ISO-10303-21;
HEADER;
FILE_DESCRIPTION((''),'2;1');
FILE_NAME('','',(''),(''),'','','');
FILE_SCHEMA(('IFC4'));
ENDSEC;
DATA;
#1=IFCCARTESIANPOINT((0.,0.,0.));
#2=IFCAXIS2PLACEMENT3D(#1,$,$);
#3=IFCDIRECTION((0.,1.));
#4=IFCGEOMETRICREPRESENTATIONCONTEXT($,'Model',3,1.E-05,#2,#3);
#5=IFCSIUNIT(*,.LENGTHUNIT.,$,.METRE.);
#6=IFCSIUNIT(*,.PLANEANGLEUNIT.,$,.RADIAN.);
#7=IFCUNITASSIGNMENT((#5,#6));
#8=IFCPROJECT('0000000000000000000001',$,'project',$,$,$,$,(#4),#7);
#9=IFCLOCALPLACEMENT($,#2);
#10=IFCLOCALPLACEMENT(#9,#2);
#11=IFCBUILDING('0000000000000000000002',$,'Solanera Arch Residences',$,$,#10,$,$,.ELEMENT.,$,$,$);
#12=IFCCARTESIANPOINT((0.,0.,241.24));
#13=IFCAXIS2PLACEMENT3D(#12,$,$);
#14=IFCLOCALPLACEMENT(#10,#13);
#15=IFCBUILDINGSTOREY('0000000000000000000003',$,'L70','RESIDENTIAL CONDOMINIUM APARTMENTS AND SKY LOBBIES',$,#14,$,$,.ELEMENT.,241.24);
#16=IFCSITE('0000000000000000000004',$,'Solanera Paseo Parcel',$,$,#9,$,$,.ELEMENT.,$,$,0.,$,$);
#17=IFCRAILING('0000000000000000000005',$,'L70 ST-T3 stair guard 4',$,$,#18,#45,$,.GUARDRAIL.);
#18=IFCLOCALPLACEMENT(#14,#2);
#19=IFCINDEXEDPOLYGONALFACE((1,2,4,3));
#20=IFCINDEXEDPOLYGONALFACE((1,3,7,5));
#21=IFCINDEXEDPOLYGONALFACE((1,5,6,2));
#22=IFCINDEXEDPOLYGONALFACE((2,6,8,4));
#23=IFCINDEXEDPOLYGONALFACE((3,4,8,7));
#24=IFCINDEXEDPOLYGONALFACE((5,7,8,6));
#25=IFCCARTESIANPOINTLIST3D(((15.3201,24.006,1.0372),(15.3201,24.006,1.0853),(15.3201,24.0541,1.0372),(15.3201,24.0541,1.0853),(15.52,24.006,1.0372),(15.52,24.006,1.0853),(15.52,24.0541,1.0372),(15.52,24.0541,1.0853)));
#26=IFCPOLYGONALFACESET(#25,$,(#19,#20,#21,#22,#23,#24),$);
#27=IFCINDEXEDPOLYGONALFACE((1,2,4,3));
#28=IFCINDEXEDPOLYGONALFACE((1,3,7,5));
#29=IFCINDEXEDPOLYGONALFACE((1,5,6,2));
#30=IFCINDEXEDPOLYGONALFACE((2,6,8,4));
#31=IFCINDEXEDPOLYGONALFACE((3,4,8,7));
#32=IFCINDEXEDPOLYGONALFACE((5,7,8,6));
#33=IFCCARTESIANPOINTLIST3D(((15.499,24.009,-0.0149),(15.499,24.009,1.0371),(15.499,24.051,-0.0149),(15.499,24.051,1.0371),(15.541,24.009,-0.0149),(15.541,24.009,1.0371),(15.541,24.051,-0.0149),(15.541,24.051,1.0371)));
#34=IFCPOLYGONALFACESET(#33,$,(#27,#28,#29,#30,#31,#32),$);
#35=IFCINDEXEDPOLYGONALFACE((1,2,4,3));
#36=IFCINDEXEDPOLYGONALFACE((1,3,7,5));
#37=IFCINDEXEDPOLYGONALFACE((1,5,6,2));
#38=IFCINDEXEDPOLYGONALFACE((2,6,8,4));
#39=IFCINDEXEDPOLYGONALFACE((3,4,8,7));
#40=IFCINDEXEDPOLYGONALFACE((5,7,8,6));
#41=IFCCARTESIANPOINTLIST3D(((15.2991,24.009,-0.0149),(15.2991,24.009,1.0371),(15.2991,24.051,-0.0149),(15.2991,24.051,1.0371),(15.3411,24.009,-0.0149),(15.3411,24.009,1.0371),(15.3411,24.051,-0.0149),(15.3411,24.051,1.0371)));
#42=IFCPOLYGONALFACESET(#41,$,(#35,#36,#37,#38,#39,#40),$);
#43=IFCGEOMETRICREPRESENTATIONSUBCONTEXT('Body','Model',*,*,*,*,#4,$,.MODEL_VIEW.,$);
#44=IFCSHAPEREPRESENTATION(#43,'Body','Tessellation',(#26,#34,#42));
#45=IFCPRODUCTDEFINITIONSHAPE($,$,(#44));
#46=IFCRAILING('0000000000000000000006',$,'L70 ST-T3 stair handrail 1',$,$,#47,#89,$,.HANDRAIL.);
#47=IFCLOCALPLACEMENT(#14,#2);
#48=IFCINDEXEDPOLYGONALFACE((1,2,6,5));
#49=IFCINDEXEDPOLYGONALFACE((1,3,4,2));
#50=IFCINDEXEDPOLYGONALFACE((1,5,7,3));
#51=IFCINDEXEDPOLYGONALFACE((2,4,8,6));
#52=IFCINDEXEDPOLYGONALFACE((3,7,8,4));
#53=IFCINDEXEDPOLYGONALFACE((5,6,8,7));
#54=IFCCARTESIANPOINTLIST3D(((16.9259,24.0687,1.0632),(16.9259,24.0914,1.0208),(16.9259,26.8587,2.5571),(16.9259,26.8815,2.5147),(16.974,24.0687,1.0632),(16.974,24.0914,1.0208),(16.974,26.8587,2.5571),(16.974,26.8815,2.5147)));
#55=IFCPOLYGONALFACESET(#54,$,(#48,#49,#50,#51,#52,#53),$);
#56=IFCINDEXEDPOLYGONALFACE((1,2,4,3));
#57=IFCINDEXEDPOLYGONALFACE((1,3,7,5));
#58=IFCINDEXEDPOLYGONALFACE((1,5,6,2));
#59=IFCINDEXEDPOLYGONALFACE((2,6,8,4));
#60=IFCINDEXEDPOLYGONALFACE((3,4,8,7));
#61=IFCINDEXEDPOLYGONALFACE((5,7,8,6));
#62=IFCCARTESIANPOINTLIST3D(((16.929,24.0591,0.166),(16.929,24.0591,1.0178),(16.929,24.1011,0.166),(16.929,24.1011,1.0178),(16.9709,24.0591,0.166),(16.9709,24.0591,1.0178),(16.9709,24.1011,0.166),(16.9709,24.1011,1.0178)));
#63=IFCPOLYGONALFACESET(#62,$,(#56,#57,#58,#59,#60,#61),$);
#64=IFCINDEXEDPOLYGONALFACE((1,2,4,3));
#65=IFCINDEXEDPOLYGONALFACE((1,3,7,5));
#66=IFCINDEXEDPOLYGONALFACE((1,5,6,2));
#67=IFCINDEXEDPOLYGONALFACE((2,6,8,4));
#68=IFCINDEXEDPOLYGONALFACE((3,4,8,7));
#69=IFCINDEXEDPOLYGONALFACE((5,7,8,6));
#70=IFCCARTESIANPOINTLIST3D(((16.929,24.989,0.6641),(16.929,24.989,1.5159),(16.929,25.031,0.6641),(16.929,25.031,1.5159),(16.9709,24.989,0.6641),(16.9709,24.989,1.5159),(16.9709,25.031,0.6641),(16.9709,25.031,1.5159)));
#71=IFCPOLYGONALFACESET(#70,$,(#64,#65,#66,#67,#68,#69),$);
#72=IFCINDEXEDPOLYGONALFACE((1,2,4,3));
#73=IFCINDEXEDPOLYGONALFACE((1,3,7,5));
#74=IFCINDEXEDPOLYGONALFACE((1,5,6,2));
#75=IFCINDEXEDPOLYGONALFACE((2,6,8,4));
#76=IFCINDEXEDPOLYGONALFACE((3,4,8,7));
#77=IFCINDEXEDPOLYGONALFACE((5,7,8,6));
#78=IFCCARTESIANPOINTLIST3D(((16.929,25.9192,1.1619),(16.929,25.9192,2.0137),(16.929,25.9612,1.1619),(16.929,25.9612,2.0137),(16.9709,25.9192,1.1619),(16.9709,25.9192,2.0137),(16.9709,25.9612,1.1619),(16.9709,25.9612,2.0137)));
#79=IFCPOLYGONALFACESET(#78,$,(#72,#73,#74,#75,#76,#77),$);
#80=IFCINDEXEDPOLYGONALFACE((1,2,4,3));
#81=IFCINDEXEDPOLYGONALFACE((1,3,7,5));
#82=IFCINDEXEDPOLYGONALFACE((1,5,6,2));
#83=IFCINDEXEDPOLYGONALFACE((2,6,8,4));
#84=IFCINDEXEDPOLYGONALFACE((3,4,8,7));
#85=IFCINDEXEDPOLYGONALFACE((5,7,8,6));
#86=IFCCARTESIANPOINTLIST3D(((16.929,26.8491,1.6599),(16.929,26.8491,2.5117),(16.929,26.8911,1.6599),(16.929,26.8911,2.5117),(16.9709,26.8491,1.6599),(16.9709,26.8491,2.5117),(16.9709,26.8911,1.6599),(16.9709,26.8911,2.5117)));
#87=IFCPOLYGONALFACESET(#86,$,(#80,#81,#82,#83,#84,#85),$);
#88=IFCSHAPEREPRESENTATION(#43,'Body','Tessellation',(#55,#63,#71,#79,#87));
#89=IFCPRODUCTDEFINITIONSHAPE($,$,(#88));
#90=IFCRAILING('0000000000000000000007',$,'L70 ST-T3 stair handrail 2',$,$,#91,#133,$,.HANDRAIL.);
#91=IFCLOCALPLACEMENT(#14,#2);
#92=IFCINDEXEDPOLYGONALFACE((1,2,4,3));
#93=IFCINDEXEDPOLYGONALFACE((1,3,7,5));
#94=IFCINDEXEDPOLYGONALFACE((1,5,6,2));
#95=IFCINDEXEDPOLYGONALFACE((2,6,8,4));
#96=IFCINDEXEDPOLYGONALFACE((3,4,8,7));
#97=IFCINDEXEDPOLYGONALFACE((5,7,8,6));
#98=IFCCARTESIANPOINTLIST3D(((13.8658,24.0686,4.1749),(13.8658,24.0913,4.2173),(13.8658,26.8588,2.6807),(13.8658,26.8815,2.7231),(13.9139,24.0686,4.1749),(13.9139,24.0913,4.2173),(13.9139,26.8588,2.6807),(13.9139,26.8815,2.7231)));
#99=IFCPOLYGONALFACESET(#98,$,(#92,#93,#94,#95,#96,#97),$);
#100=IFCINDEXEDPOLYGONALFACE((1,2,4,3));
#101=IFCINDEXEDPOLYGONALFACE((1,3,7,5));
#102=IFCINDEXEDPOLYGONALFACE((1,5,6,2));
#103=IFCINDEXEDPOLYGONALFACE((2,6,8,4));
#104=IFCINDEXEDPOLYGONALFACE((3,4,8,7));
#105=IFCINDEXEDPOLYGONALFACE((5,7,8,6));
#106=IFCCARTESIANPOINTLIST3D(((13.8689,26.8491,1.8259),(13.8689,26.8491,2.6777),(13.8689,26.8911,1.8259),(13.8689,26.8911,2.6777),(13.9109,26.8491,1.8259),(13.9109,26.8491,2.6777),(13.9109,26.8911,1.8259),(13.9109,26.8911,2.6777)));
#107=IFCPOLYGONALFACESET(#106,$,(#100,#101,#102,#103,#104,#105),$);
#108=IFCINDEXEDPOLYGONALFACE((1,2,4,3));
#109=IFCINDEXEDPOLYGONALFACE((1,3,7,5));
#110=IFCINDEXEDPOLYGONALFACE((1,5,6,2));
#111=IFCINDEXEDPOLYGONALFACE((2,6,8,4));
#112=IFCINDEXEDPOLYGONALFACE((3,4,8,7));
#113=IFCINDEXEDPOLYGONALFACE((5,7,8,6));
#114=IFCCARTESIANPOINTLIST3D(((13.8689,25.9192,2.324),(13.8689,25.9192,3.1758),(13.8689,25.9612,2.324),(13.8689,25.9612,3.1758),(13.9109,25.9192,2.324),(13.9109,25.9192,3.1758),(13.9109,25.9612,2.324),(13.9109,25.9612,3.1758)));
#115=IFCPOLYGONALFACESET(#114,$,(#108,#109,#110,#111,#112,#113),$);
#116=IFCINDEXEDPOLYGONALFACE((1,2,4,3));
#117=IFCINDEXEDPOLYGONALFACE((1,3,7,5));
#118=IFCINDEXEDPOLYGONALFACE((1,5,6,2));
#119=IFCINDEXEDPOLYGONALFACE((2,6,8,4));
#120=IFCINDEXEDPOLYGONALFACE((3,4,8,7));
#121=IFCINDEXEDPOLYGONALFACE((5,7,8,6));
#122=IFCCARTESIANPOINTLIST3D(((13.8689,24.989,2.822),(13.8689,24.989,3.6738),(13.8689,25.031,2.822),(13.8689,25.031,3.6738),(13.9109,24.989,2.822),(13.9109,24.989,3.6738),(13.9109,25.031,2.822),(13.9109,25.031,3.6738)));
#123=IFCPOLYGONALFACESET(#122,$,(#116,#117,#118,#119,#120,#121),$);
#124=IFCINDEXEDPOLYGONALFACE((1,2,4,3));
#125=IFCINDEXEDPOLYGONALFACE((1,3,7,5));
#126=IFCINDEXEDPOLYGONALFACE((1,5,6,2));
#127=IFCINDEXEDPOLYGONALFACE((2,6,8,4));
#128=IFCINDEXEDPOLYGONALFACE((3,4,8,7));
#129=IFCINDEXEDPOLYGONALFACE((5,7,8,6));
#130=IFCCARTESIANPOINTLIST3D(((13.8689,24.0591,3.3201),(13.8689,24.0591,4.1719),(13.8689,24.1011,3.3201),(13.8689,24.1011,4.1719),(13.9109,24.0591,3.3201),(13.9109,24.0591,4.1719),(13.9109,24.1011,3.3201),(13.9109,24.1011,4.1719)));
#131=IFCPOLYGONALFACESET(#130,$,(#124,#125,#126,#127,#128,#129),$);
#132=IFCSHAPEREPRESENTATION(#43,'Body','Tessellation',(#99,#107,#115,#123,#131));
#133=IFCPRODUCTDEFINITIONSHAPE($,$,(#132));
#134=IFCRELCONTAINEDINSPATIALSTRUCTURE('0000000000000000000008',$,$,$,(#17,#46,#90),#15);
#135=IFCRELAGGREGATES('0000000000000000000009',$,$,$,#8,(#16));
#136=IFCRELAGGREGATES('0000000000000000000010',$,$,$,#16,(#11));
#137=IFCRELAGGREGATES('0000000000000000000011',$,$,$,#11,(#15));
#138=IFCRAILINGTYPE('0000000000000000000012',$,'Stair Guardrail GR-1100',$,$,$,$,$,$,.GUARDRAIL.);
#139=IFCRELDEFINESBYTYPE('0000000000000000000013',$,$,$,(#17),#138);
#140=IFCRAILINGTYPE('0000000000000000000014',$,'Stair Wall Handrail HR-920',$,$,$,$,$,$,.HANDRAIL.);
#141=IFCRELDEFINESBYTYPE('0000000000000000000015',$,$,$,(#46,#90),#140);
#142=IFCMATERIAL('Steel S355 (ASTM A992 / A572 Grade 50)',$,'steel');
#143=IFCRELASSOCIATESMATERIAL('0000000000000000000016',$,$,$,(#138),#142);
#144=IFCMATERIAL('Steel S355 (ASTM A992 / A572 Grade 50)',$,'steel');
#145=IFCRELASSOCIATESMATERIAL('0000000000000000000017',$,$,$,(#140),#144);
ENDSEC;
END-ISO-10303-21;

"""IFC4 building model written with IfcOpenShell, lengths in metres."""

from ifc_helpers import new_model, si_unit, direction, frame, origin, origin_2d, place, context, subcontext, project, spatial, rectangle, extrude, material, type_object, element, save


model = new_model("IFC4")

# Units and contexts
model_context = context("Model", 3, precision=1e-05, world=origin(), true_north=direction((0.0, 1.0)))
body_context = subcontext(model_context, "Body", "Model", "MODEL_VIEW")
ifc_project = project(units=[si_unit("LENGTHUNIT", "METRE"), si_unit("PLANEANGLEUNIT", "RADIAN")], contexts=[model_context])

# Site, building, storey
site_placement = place(None, origin())
site = spatial("IfcSite", under=ifc_project, at=site_placement, Name="Solanera Paseo Parcel", CompositionType="ELEMENT", RefElevation=0.0)
building_placement = place(site_placement, origin())
building = spatial("IfcBuilding", under=site, at=building_placement, Name="Solanera Arch Residences", CompositionType="ELEMENT")
storey_placement = place(building_placement, frame((0.0, 0.0, 241.24)))
storey = spatial("IfcBuildingStorey", under=building, at=storey_placement, Name="L70", Description="RESIDENTIAL CONDOMINIUM APARTMENTS AND SKY LOBBIES", CompositionType="ELEMENT", Elevation=241.24)

# Railings
ifc_material_1 = material(Name="Steel S355 (ASTM A992 / A572 Grade 50)", Category="steel")
railing_type_1 = type_object("IfcRailingType", Name="Stair Guardrail GR-1100", PredefinedType="GUARDRAIL", material=ifc_material_1)
railing_1_placement = place(storey_placement, frame((15.52, 24.03, -0.0149)))
element("IfcRailing", 1, at=railing_1_placement, inside=storey, type_object=railing_type_1, Name="L70 ST-T3 stair guard 4", PredefinedType="GUARDRAIL", context=body_context, shape_type="SweptSolid", body=[
    extrude(rectangle(XDim=0.0481, YDim=0.0481, at=origin_2d()), frame((0.0, 0.0, 1.0762), z_axis=(-1.0, 0.0, 0.0), x_axis=(0.0, -1.0, 0.0)), (0.0, 0.0, 1.0), 0.2),
    extrude(rectangle(XDim=0.042, YDim=0.042, at=origin_2d()), origin(), (0.0, 0.0, 1.0), 1.052),
    extrude(rectangle(XDim=0.042, YDim=0.042, at=origin_2d()), frame((-0.2, 0.0, 0.0)), (0.0, 0.0, 1.0), 1.052),
])
ifc_material_2 = material(Name="Steel S355 (ASTM A992 / A572 Grade 50)", Category="steel")
railing_type_2 = type_object("IfcRailingType", Name="Stair Wall Handrail HR-920", PredefinedType="HANDRAIL", material=ifc_material_2)
railing_2_placement = place(storey_placement, frame((16.95, 24.0801, 0.166)))
element("IfcRailing", 2, at=railing_2_placement, inside=storey, type_object=railing_type_2, Name="L70 ST-T3 stair handrail 1", PredefinedType="HANDRAIL", context=body_context, shape_type="SweptSolid", body=[
    extrude(rectangle(XDim=0.0481, YDim=0.0481, at=origin_2d()), frame((0.0, 0.0, 0.876), z_axis=(0.0, 0.881581, 0.472033), x_axis=(-1.0, 0.0, 0.0)), (0.0, 0.0, 1.0), 3.1648),
    extrude(rectangle(XDim=0.042, YDim=0.042, at=origin_2d()), origin(), (0.0, 0.0, 1.0), 0.8518),
    extrude(rectangle(XDim=0.042, YDim=0.042, at=origin_2d()), frame((0.0, 0.9299, 0.498)), (0.0, 0.0, 1.0), 0.8518),
    extrude(rectangle(XDim=0.042, YDim=0.042, at=origin_2d()), frame((0.0, 1.8601, 0.9958)), (0.0, 0.0, 1.0), 0.8518),
    extrude(rectangle(XDim=0.042, YDim=0.042, at=origin_2d()), frame((0.0, 2.79, 1.4939)), (0.0, 0.0, 1.0), 0.8518),
])
railing_3_placement = place(storey_placement, frame((13.8899, 26.8701, 1.8259)))
element("IfcRailing", 3, at=railing_3_placement, inside=storey, type_object=railing_type_2, Name="L70 ST-T3 stair handrail 2", PredefinedType="HANDRAIL", context=body_context, shape_type="SweptSolid", body=[
    extrude(rectangle(XDim=0.0481, YDim=0.0481, at=origin_2d()), frame((0.0, 0.0, 0.876), z_axis=(0.0, -0.881549, 0.472093), x_axis=(1.0, 0.0, 0.0)), (0.0, 0.0, 1.0), 3.165),
    extrude(rectangle(XDim=0.042, YDim=0.042, at=origin_2d()), origin(), (0.0, 0.0, 1.0), 0.8518),
    extrude(rectangle(XDim=0.042, YDim=0.042, at=origin_2d()), frame((0.0, -0.9299, 0.498)), (0.0, 0.0, 1.0), 0.8518),
    extrude(rectangle(XDim=0.042, YDim=0.042, at=origin_2d()), frame((0.0, -1.8601, 0.9961)), (0.0, 0.0, 1.0), 0.8518),
    extrude(rectangle(XDim=0.042, YDim=0.042, at=origin_2d()), frame((0.0, -2.79, 1.4941)), (0.0, 0.0, 1.0), 0.8518),
])

save(model, "model.ifc")
